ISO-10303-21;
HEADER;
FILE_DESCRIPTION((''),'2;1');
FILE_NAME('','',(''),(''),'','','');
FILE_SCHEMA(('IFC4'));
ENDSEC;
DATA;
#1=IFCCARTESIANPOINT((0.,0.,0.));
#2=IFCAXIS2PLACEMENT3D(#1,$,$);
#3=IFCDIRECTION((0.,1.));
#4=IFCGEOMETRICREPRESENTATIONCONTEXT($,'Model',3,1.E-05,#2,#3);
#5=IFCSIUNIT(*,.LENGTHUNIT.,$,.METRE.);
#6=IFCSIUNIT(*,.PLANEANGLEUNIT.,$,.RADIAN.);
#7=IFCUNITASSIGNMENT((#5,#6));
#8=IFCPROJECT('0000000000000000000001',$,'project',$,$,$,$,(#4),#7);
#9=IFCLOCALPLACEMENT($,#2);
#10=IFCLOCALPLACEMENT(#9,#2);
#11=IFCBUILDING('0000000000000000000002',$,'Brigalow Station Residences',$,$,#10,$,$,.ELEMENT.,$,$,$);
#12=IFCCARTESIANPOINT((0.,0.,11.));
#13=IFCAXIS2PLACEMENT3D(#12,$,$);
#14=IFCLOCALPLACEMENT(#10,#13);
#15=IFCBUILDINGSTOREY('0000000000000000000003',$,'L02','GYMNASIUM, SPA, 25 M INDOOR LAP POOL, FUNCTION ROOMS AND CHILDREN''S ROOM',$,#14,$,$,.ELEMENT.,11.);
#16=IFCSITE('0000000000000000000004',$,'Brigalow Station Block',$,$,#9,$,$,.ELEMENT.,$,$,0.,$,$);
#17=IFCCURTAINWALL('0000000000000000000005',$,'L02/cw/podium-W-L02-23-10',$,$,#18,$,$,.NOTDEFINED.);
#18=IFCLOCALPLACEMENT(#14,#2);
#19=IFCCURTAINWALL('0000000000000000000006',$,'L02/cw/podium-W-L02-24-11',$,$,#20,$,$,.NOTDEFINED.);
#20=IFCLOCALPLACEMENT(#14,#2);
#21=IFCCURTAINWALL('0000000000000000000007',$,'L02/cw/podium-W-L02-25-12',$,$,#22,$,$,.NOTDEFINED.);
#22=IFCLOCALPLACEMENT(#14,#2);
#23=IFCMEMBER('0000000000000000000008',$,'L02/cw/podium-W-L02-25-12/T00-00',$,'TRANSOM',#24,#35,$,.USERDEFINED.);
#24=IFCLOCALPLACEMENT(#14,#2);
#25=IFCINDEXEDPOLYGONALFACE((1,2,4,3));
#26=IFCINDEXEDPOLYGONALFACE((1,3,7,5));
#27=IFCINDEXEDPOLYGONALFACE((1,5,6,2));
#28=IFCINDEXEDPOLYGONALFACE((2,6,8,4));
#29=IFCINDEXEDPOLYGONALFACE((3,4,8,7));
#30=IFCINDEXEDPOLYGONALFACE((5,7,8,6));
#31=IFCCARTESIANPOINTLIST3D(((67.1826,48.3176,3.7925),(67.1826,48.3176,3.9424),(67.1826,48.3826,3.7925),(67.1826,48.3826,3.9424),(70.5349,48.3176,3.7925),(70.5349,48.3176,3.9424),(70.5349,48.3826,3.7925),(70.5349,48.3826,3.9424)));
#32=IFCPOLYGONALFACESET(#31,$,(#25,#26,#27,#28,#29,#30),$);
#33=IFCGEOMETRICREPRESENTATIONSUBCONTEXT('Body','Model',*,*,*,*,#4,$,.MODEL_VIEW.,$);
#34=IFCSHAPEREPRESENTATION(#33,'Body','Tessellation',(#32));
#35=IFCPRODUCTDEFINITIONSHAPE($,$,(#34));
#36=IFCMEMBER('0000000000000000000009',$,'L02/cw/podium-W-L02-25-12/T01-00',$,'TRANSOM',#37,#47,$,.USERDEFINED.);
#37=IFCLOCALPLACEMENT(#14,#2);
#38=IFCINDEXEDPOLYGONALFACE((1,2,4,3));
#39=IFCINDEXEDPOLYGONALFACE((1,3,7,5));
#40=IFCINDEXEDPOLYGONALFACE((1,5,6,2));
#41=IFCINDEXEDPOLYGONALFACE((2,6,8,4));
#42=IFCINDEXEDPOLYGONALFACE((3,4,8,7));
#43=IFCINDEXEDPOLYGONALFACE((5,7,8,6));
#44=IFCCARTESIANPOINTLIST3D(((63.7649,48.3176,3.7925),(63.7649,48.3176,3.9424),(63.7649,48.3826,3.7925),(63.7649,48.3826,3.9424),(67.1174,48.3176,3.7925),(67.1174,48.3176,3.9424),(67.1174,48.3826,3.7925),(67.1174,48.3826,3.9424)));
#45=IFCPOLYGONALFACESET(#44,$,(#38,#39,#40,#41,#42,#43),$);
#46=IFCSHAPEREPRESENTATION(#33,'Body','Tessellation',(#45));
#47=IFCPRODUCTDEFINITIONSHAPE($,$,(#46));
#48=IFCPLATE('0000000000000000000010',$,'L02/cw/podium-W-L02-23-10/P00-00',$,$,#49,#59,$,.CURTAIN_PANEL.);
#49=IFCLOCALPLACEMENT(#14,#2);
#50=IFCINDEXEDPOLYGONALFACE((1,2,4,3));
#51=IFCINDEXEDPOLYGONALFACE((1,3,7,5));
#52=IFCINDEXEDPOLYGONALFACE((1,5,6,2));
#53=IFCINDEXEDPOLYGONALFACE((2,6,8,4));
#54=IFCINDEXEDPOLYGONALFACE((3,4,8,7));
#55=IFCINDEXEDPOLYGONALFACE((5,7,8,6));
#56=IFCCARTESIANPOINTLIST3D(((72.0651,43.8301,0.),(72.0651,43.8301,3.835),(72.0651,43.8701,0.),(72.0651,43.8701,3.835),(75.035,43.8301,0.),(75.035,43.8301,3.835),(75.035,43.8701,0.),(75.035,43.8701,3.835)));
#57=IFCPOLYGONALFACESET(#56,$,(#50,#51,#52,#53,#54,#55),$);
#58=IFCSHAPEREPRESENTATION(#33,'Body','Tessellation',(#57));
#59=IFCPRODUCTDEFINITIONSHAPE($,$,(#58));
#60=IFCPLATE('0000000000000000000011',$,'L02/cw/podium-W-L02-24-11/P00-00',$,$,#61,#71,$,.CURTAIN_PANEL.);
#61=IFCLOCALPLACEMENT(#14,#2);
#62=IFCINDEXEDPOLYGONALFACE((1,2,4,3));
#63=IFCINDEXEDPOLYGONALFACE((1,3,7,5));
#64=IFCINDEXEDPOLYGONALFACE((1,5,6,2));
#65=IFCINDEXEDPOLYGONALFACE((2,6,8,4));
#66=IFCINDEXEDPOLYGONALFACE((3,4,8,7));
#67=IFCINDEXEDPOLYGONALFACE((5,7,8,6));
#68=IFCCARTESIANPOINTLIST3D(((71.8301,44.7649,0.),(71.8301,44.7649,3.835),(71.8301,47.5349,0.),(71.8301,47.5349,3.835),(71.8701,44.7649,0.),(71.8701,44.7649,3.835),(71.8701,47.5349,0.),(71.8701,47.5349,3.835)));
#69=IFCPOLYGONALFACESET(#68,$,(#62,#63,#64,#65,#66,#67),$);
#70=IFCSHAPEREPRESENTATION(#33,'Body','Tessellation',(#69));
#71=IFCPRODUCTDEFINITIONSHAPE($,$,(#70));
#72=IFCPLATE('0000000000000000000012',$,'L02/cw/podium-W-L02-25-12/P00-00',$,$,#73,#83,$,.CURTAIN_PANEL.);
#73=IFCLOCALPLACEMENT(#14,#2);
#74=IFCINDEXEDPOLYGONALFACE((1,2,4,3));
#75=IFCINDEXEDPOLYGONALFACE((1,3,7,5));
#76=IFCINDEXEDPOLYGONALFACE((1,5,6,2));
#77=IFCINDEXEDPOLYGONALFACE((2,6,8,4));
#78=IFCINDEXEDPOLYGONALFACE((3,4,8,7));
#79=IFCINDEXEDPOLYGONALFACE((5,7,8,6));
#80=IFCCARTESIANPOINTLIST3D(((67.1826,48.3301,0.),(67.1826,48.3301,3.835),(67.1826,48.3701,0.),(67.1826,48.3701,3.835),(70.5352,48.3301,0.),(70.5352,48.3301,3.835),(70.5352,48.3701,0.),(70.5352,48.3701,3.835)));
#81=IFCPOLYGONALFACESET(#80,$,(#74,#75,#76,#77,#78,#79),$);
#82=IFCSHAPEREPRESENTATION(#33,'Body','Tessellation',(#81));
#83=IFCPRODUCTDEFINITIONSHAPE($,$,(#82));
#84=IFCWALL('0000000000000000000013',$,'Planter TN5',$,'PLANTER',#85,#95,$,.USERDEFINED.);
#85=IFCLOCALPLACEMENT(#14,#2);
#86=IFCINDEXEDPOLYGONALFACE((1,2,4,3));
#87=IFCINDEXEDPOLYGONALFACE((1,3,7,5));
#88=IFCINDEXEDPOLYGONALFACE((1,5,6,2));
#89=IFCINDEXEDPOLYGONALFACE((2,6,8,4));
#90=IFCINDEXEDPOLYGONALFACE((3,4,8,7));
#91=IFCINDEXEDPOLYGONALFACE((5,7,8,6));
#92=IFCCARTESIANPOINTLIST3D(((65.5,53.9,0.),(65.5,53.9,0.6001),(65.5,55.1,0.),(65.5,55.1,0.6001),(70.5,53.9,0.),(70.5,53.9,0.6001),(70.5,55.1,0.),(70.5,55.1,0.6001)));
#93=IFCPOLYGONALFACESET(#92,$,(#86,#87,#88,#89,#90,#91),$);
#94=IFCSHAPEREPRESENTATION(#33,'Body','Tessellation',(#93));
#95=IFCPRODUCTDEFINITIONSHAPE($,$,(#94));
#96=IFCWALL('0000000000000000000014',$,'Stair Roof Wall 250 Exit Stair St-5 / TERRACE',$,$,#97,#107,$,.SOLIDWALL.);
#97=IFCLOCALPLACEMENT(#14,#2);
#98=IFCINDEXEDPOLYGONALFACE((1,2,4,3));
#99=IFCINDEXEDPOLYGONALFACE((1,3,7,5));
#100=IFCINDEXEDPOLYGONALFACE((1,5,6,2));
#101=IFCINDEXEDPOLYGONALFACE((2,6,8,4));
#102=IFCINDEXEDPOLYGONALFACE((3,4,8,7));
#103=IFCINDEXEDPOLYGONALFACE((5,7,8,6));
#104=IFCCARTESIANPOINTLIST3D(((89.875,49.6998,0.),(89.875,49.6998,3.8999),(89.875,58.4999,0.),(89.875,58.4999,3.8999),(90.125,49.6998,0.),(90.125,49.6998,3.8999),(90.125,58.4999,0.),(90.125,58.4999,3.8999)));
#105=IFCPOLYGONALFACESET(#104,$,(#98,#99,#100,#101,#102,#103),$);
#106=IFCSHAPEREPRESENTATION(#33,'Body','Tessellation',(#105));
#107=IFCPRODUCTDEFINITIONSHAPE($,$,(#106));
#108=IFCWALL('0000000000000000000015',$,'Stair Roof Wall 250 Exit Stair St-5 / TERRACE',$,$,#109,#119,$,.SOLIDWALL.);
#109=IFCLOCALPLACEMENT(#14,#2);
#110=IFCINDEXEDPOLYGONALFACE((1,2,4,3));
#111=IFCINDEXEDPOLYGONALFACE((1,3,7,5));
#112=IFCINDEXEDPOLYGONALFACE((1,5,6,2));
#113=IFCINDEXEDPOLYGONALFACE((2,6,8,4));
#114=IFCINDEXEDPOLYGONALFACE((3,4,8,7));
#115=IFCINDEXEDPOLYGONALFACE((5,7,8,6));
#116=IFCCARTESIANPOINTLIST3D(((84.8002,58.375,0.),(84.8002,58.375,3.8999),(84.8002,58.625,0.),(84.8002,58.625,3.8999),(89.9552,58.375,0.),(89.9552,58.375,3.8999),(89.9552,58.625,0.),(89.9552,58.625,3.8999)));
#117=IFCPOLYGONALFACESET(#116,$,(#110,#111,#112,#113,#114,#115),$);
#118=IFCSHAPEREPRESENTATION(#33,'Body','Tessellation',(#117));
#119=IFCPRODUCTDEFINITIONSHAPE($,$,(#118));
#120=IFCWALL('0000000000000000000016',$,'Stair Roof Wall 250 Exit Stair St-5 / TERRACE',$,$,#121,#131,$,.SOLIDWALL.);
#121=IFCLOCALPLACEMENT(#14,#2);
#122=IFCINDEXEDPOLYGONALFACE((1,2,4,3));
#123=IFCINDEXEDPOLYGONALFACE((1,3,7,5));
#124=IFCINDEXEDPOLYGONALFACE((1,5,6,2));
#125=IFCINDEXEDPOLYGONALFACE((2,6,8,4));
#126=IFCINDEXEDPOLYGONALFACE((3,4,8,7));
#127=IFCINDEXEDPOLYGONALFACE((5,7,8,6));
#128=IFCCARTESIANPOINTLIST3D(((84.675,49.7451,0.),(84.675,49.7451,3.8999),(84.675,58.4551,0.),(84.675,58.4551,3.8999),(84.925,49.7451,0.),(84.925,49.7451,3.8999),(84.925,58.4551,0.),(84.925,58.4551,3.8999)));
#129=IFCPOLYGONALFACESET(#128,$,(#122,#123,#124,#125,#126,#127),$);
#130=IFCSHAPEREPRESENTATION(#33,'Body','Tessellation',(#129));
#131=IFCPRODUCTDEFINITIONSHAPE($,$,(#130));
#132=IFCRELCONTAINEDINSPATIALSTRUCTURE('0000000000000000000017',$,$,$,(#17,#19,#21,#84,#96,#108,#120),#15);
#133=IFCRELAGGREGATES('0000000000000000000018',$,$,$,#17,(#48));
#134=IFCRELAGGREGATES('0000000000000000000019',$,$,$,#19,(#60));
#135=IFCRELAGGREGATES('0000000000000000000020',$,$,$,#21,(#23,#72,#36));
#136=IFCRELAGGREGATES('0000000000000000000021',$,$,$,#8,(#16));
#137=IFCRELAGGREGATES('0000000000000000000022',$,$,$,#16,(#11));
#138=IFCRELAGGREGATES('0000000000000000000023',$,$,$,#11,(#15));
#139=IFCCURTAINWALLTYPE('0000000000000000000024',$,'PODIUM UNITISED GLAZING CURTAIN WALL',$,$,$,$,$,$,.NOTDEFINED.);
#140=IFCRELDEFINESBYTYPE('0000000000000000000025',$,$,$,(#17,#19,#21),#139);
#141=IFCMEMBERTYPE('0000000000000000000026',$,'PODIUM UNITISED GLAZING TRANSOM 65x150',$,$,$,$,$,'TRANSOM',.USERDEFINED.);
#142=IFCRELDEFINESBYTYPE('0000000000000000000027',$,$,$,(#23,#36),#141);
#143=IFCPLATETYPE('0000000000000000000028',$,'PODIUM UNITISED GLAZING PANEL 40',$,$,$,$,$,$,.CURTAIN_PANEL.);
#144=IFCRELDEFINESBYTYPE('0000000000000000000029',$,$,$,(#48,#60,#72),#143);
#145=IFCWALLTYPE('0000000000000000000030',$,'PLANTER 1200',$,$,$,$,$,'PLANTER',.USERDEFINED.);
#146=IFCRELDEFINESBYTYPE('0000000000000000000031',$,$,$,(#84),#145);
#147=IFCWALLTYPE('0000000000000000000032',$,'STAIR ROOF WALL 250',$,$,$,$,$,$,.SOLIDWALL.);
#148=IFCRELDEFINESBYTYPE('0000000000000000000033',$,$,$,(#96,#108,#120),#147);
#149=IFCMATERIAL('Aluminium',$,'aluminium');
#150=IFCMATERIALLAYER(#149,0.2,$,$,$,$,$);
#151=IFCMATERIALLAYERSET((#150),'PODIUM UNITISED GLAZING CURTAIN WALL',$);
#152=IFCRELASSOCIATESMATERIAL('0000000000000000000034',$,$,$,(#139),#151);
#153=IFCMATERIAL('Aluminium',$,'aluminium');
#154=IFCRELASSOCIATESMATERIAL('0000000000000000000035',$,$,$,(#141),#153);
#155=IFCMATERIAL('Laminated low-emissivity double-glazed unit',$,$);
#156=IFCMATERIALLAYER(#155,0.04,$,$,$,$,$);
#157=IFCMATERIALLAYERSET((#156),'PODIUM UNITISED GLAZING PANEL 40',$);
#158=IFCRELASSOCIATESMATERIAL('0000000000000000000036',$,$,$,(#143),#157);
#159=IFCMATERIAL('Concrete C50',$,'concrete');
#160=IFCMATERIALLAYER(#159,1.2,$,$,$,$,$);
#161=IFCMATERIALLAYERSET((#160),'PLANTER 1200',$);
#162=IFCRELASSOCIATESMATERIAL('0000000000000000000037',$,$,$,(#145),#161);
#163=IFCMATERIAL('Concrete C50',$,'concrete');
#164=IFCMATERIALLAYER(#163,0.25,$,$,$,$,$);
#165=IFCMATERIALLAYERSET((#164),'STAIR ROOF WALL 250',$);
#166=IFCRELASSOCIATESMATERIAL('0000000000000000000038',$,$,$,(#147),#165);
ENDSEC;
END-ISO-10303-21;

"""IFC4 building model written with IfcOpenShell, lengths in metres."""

from ifc_helpers import new_model, si_unit, direction, frame, frame_2d, origin, origin_2d, place, context, subcontext, project, spatial, rectangle, extrude, material, layer, layer_set, material_profile, profile_set, type_object, element, aggregate, save


model = new_model("IFC4")

# Units and contexts
model_context = context("Model", 3, precision=1e-05, world=origin(), true_north=direction((0.0, 1.0)))
body_context = subcontext(model_context, "Body", "Model", "MODEL_VIEW")
ifc_project = project(units=[si_unit("LENGTHUNIT", "METRE"), si_unit("PLANEANGLEUNIT", "RADIAN")], contexts=[model_context])

# Site, building, storey
site_placement = place(None, origin())
site = spatial("IfcSite", under=ifc_project, at=site_placement, Name="Brigalow Station Block", CompositionType="ELEMENT", RefElevation=0.0)
building_placement = place(site_placement, origin())
building = spatial("IfcBuilding", under=site, at=building_placement, Name="Brigalow Station Residences", CompositionType="ELEMENT")
storey_placement = place(building_placement, frame((0.0, 0.0, 11.0)))
storey = spatial("IfcBuildingStorey", under=building, at=storey_placement, Name="L02", Description="GYMNASIUM, SPA, 25 M INDOOR LAP POOL, FUNCTION ROOMS AND CHILDREN'S ROOM", CompositionType="ELEMENT", Elevation=11.0)

# Curtain walls
ifc_material_1 = material(Name="Aluminium", Category="aluminium")
ifc_layer_1 = layer(ifc_material_1, 0.2)
ifc_layer_set_1 = layer_set([ifc_layer_1], Name="PODIUM UNITISED GLAZING CURTAIN WALL")
curtain_wall_type = type_object("IfcCurtainWallType", Name="PODIUM UNITISED GLAZING CURTAIN WALL", PredefinedType="NOTDEFINED", material=ifc_layer_set_1)
curtain_wall_1_placement = place(storey_placement, origin())
curtain_wall_1 = element("IfcCurtainWall", 1, at=curtain_wall_1_placement, inside=storey, type_object=curtain_wall_type, Name="L02/cw/podium-W-L02-23-10", PredefinedType="NOTDEFINED")
curtain_wall_2_placement = place(storey_placement, origin())
curtain_wall_2 = element("IfcCurtainWall", 2, at=curtain_wall_2_placement, inside=storey, type_object=curtain_wall_type, Name="L02/cw/podium-W-L02-24-11", PredefinedType="NOTDEFINED")
curtain_wall_3_placement = place(storey_placement, origin())
curtain_wall_3 = element("IfcCurtainWall", 3, at=curtain_wall_3_placement, inside=storey, type_object=curtain_wall_type, Name="L02/cw/podium-W-L02-25-12", PredefinedType="NOTDEFINED")

# Members
ifc_material_2 = material(Name="Aluminium", Category="aluminium")
ifc_material_profile_1 = material_profile(ifc_material_2, rectangle(XDim=0.0649, YDim=0.1499, at=origin_2d()), Name="PODIUM UNITISED GLAZING TRANSOM 65x150")
ifc_profile_set_1 = profile_set([ifc_material_profile_1], Name="Aluminium")
member_type_1 = type_object("IfcMemberType", Name="PODIUM UNITISED GLAZING TRANSOM 65x150", ElementType="TRANSOM", PredefinedType="USERDEFINED", material=ifc_profile_set_1)
member_1_placement = place(storey_placement, frame((70.5349, 48.3501, 3.8674), z_axis=(-1.0, 0.0, 0.0), x_axis=(0.0, -1.0, 0.0)))
member_1 = element("IfcMember", 4, at=member_1_placement, type_object=member_type_1, Name="L02/cw/podium-W-L02-25-12/T00-00", ObjectType="TRANSOM", PredefinedType="USERDEFINED", context=body_context, shape_type="SweptSolid", body=[
    extrude(rectangle(XDim=0.0649, YDim=0.1499, at=origin_2d()), origin(), (0.0, 0.0, 1.0), 3.3523),
])
member_2_placement = place(storey_placement, frame((67.1174, 48.3501, 3.8674), z_axis=(-1.0, 0.0, 0.0), x_axis=(0.0, -1.0, 0.0)))
member_2 = element("IfcMember", 5, at=member_2_placement, type_object=member_type_1, Name="L02/cw/podium-W-L02-25-12/T01-00", ObjectType="TRANSOM", PredefinedType="USERDEFINED", context=body_context, shape_type="SweptSolid", body=[
    extrude(rectangle(XDim=0.0649, YDim=0.1499, at=origin_2d()), origin(), (0.0, 0.0, 1.0), 3.3525),
])

# Plates
ifc_material_3 = material(Name="Laminated low-emissivity double-glazed unit")
ifc_layer_2 = layer(ifc_material_3, 0.04)
ifc_layer_set_2 = layer_set([ifc_layer_2], Name="PODIUM UNITISED GLAZING PANEL 40")
plate_type = type_object("IfcPlateType", Name="PODIUM UNITISED GLAZING PANEL 40", PredefinedType="CURTAIN_PANEL", material=ifc_layer_set_2)
plate_1_placement = place(storey_placement, frame((73.55, 43.8501, 0.0), z_axis=(0.0, 0.0, 1.0), x_axis=(-1.0, 0.0, 0.0)))
plate_1 = element("IfcPlate", 6, at=plate_1_placement, type_object=plate_type, Name="L02/cw/podium-W-L02-23-10/P00-00", PredefinedType="CURTAIN_PANEL", context=body_context, shape_type="SweptSolid", body=[
    extrude(rectangle(XDim=2.97, YDim=0.04, at=origin_2d()), origin(), (0.0, 0.0, 1.0), 3.835),
])
aggregate(curtain_wall_1, [plate_1])
plate_2_placement = place(storey_placement, frame((71.8501, 46.1499, 0.0), z_axis=(0.0, 0.0, 1.0), x_axis=(0.0, 1.0, 0.0)))
plate_2 = element("IfcPlate", 7, at=plate_2_placement, type_object=plate_type, Name="L02/cw/podium-W-L02-24-11/P00-00", PredefinedType="CURTAIN_PANEL", context=body_context, shape_type="SweptSolid", body=[
    extrude(rectangle(XDim=2.77, YDim=0.04, at=origin_2d()), origin(), (0.0, 0.0, 1.0), 3.835),
])
aggregate(curtain_wall_2, [plate_2])
plate_3_placement = place(storey_placement, frame((68.8589, 48.3501, 0.0), z_axis=(0.0, 0.0, 1.0), x_axis=(-1.0, 0.0, 0.0)))
plate_3 = element("IfcPlate", 8, at=plate_3_placement, type_object=plate_type, Name="L02/cw/podium-W-L02-25-12/P00-00", PredefinedType="CURTAIN_PANEL", context=body_context, shape_type="SweptSolid", body=[
    extrude(rectangle(XDim=3.3525, YDim=0.04, at=origin_2d()), origin(), (0.0, 0.0, 1.0), 3.835),
])
aggregate(curtain_wall_3, [member_1, plate_3, member_2])

# Walls
ifc_material_4 = material(Name="Concrete C50", Category="concrete")
ifc_layer_3 = layer(ifc_material_4, 1.2)
ifc_layer_set_3 = layer_set([ifc_layer_3], Name="PLANTER 1200")
wall_type_1 = type_object("IfcWallType", Name="PLANTER 1200", ElementType="PLANTER", PredefinedType="USERDEFINED", material=ifc_layer_set_3)
wall_1_placement = place(storey_placement, frame((65.5, 54.5, 0.0), z_axis=(0.0, 0.0, 1.0), x_axis=(1.0, 0.0, 0.0)))
element("IfcWall", 9, at=wall_1_placement, inside=storey, type_object=wall_type_1, Name="Planter TN5", ObjectType="PLANTER", PredefinedType="USERDEFINED", context=body_context, shape_type="SweptSolid", body=[
    extrude(rectangle(XDim=5.0, YDim=1.2, at=frame_2d((2.5, 0.0))), origin(), (0.0, 0.0, 1.0), 0.6001),
])
ifc_material_5 = material(Name="Concrete C50", Category="concrete")
ifc_layer_4 = layer(ifc_material_5, 0.25)
ifc_layer_set_4 = layer_set([ifc_layer_4], Name="STAIR ROOF WALL 250")
wall_type_2 = type_object("IfcWallType", Name="STAIR ROOF WALL 250", PredefinedType="SOLIDWALL", material=ifc_layer_set_4)
wall_2_placement = place(storey_placement, frame((90.0, 49.7, 0.0), z_axis=(0.0, 0.0, 1.0), x_axis=(0.0, 1.0, 0.0)))
element("IfcWall", 10, at=wall_2_placement, inside=storey, type_object=wall_type_2, Name="Stair Roof Wall 250 Exit Stair St-5 / TERRACE", PredefinedType="SOLIDWALL", context=body_context, shape_type="SweptSolid", body=[
    extrude(rectangle(XDim=8.8, YDim=0.25, at=frame_2d((4.3999, 0.0))), origin(), (0.0, 0.0, 1.0), 3.8999),
])
wall_3_placement = place(storey_placement, frame((84.8, 58.5, 0.0), z_axis=(0.0, 0.0, 1.0), x_axis=(1.0, 0.0, 0.0)))
element("IfcWall", 11, at=wall_3_placement, inside=storey, type_object=wall_type_2, Name="Stair Roof Wall 250 Exit Stair St-5 / TERRACE", PredefinedType="SOLIDWALL", context=body_context, shape_type="SweptSolid", body=[
    extrude(rectangle(XDim=5.155, YDim=0.25, at=frame_2d((2.5776, 0.0))), origin(), (0.0, 0.0, 1.0), 3.8999),
])

# Wall
wall_4_placement = place(storey_placement, frame((84.8, 49.7451, 0.0), z_axis=(0.0, 0.0, 1.0), x_axis=(0.0, 1.0, 0.0)))
element("IfcWall", 12, at=wall_4_placement, inside=storey, type_object=wall_type_2, Name="Stair Roof Wall 250 Exit Stair St-5 / TERRACE", PredefinedType="SOLIDWALL", context=body_context, shape_type="SweptSolid", body=[
    extrude(rectangle(XDim=8.71, YDim=0.25, at=frame_2d((4.355, 0.0))), origin(), (0.0, 0.0, 1.0), 3.8999),
])

save(model, "model.ifc")
